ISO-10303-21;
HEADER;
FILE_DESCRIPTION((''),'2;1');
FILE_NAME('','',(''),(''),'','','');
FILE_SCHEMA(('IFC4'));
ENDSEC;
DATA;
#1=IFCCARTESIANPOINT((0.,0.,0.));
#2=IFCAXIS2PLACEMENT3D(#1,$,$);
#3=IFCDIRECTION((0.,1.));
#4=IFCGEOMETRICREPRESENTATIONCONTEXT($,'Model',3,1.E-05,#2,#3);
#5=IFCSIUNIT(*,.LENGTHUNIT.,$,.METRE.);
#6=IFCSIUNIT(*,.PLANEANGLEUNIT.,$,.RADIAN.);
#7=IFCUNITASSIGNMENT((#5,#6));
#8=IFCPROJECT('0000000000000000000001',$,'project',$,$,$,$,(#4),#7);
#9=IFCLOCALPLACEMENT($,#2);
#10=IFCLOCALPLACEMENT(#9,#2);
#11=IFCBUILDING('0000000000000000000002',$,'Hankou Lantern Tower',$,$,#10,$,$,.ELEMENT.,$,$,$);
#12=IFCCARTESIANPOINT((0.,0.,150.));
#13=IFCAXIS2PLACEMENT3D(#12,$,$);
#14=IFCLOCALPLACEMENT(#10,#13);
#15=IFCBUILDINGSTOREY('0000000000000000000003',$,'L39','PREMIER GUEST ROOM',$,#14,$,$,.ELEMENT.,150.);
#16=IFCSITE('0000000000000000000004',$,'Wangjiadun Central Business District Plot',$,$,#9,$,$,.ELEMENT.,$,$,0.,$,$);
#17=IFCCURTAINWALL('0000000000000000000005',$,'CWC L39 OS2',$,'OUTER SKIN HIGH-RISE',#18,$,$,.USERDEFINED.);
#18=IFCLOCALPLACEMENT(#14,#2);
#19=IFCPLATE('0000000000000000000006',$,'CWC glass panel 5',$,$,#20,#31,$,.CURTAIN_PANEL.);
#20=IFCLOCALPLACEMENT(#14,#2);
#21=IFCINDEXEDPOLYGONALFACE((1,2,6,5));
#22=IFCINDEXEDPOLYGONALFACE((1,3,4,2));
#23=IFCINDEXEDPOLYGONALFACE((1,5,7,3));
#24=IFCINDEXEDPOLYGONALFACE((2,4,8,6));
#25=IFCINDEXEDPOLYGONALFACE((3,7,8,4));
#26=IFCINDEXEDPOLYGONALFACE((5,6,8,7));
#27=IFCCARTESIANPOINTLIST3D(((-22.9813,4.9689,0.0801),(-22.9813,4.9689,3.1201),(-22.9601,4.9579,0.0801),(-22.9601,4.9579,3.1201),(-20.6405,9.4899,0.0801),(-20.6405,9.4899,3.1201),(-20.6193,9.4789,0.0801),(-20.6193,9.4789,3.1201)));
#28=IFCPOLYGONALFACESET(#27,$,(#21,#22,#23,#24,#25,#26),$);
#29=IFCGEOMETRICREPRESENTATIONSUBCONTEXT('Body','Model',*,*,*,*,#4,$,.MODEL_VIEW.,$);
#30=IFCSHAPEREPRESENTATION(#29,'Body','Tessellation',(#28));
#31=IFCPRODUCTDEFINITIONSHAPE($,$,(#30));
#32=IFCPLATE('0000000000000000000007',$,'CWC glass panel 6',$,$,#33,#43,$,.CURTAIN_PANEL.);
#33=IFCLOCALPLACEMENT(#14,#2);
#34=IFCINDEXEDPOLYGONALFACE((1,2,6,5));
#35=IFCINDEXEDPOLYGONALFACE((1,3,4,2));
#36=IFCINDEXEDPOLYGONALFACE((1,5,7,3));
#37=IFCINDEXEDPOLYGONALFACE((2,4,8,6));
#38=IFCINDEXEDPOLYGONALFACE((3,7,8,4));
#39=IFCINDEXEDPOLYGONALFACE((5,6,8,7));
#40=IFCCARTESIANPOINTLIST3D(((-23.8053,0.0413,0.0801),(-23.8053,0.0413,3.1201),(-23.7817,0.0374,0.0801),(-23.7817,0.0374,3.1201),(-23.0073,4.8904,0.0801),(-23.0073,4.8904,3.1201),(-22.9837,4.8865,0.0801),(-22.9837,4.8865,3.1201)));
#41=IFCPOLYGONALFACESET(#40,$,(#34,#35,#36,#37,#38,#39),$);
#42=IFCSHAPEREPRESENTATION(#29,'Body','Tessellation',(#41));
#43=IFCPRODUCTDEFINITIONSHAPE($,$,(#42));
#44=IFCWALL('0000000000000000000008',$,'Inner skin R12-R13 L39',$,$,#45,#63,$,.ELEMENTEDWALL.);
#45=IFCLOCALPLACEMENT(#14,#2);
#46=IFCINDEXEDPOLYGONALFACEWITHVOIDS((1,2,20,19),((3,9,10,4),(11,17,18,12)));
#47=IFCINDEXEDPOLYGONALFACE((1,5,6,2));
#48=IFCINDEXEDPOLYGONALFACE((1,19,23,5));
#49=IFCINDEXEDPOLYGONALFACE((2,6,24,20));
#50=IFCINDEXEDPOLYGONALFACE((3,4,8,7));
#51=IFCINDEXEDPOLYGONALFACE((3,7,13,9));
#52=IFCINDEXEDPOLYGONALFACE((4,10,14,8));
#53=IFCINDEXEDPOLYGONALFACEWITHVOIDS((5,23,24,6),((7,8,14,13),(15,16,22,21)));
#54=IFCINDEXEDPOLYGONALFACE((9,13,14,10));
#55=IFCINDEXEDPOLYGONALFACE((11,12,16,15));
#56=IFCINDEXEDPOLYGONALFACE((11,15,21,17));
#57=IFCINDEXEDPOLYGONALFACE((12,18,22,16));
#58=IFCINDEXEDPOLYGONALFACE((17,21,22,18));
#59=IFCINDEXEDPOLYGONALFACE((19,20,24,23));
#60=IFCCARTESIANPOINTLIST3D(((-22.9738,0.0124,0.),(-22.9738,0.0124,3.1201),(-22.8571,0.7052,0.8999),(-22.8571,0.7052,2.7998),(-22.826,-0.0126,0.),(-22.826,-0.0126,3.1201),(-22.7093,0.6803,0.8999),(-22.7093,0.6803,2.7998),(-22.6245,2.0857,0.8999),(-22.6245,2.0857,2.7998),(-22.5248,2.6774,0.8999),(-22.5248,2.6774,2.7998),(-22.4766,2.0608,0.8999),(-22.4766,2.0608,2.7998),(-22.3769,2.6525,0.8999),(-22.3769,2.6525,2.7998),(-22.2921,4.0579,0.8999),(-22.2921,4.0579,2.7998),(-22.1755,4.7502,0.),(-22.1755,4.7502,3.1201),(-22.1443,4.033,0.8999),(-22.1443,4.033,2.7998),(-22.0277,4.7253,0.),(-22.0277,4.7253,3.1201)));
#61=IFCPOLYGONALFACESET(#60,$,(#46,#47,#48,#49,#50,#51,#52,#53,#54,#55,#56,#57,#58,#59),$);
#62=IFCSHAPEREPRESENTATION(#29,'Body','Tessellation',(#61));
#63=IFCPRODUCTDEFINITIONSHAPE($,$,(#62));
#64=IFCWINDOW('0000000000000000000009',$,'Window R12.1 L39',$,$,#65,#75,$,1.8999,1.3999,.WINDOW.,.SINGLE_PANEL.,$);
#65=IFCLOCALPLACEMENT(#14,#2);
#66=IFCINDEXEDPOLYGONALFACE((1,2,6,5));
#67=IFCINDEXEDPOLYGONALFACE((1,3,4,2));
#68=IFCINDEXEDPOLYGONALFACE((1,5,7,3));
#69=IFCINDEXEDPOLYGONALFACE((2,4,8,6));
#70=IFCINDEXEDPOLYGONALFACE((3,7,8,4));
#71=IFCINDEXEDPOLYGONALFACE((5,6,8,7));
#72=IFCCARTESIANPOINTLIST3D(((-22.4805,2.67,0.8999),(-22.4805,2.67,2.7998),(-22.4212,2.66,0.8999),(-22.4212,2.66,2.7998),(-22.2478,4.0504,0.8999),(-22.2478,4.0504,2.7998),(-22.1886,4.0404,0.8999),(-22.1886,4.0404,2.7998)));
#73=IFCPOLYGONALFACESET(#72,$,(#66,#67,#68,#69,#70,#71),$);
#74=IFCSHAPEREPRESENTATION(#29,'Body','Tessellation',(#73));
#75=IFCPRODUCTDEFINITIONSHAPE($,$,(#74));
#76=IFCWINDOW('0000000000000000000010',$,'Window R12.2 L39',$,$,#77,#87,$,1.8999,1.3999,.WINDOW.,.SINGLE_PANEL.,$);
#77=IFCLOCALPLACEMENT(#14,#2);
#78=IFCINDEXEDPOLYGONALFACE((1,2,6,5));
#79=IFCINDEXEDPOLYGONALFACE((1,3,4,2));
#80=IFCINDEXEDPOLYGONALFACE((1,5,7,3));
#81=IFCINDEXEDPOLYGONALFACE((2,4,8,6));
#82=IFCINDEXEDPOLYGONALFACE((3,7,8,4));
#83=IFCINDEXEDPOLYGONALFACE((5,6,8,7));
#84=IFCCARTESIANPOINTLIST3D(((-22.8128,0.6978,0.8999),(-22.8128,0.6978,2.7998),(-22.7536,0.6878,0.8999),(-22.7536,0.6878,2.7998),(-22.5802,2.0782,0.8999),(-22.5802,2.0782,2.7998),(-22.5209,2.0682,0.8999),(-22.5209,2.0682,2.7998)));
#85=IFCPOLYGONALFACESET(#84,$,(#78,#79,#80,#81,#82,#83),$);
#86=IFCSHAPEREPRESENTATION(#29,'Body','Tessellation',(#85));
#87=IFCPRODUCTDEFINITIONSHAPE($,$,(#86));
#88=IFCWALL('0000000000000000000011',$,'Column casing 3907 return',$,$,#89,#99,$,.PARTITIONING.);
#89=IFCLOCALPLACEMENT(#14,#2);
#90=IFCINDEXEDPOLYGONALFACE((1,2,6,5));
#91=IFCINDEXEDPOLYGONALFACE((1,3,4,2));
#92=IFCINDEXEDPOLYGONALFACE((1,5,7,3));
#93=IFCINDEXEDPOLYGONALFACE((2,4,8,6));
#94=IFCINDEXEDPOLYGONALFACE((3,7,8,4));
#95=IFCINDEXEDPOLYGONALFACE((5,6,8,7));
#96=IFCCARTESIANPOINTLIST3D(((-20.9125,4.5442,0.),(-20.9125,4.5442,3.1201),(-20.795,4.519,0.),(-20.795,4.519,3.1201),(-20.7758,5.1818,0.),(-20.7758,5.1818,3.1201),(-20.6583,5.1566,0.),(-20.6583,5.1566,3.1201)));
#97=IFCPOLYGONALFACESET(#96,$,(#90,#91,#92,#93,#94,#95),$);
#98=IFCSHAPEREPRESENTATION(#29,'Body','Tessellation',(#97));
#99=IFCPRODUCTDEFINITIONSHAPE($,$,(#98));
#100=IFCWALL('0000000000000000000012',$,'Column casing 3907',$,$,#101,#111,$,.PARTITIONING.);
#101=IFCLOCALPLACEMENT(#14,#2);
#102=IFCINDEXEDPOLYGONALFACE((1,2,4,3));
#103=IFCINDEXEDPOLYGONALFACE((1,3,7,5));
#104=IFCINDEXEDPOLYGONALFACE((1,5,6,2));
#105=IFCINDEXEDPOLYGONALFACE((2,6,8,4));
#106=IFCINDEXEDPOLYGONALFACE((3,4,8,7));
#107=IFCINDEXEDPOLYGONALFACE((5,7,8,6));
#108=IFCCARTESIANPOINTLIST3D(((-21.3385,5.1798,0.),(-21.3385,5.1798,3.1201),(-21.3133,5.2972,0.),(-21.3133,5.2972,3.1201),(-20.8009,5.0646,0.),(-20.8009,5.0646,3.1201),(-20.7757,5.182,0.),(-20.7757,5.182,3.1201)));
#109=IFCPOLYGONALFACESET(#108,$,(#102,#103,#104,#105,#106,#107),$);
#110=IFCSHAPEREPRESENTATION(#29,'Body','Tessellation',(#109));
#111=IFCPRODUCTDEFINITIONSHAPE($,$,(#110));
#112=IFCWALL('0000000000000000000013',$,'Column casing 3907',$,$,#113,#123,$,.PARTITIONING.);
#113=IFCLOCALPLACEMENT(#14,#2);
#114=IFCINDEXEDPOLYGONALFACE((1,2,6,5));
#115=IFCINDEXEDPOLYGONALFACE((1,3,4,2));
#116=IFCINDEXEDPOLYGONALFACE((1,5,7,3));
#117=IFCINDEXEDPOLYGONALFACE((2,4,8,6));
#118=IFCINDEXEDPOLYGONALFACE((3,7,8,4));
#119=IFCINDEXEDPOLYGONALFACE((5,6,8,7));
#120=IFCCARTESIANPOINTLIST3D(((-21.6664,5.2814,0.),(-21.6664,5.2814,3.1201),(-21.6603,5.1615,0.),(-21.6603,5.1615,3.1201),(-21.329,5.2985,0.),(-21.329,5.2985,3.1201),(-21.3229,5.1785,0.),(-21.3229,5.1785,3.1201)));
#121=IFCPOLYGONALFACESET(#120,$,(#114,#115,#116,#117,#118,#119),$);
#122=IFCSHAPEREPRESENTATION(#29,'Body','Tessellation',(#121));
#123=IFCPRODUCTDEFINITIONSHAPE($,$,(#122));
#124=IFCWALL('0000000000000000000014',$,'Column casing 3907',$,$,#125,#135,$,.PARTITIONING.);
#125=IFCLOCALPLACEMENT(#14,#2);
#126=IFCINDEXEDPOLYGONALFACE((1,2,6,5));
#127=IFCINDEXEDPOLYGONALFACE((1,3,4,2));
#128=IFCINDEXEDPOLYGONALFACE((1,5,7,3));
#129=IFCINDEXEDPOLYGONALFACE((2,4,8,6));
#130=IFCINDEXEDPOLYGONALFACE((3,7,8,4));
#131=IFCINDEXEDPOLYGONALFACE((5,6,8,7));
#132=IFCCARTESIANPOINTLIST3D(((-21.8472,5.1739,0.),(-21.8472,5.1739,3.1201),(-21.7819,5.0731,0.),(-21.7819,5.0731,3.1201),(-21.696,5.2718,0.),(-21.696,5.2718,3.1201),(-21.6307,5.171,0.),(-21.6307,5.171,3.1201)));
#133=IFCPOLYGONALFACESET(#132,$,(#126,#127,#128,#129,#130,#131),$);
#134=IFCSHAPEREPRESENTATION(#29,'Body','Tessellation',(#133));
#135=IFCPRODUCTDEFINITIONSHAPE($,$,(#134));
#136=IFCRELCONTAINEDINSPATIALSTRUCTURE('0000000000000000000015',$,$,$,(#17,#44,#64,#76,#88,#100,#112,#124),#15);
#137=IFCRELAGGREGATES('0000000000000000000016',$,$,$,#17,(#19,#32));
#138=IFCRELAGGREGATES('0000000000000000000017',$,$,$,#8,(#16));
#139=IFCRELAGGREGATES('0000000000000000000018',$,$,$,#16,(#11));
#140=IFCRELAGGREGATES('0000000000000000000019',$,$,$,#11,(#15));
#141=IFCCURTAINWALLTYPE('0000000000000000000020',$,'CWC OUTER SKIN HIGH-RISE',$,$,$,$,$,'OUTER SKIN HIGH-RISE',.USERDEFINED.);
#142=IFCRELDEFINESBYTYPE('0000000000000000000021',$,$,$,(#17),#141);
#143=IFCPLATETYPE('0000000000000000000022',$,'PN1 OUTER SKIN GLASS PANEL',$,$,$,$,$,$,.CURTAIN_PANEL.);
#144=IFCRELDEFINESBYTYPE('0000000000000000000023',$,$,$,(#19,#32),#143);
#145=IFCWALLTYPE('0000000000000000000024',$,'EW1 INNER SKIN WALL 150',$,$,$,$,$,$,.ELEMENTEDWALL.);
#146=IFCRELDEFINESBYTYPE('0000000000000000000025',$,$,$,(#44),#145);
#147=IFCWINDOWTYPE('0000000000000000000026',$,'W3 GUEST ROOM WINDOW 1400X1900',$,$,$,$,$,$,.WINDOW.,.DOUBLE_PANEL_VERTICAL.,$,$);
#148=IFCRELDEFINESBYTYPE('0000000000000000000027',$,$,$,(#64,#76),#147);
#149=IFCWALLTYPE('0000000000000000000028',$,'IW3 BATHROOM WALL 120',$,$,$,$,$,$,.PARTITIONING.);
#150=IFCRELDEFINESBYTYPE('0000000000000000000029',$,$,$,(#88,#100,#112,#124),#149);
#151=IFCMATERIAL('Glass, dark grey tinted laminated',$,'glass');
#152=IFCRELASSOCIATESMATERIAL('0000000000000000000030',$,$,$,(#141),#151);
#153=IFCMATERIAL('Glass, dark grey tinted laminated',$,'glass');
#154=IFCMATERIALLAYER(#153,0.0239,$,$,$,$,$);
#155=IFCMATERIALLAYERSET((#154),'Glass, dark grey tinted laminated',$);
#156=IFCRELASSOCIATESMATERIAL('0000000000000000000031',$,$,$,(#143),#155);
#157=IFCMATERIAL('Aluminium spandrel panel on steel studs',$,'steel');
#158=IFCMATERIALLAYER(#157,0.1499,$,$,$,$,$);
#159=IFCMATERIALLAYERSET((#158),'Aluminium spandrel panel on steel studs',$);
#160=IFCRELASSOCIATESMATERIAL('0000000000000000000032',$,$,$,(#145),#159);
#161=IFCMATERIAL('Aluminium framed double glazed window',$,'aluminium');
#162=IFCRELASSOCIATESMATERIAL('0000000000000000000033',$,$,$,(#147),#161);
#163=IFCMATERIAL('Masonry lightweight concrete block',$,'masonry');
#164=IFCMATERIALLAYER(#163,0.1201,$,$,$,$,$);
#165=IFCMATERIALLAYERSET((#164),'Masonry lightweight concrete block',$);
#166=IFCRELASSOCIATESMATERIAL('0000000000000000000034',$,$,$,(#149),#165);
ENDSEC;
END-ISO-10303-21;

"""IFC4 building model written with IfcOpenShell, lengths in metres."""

from ifc_helpers import new_model, si_unit, direction, frame, frame_2d, origin, origin_2d, place, context, subcontext, project, spatial, rectangle, extrude, material, layer, layer_set, type_object, element, fill, aggregate, save


model = new_model("IFC4")

# Units and contexts
model_context = context("Model", 3, precision=1e-05, world=origin(), true_north=direction((0.0, 1.0)))
body_context = subcontext(model_context, "Body", "Model", "MODEL_VIEW")
ifc_project = project(units=[si_unit("LENGTHUNIT", "METRE"), si_unit("PLANEANGLEUNIT", "RADIAN")], contexts=[model_context])

# Site, building, storey
site_placement = place(None, origin())
site = spatial("IfcSite", under=ifc_project, at=site_placement, Name="Wangjiadun Central Business District Plot", CompositionType="ELEMENT", RefElevation=0.0)
building_placement = place(site_placement, origin())
building = spatial("IfcBuilding", under=site, at=building_placement, Name="Hankou Lantern Tower", CompositionType="ELEMENT")
storey_placement = place(building_placement, frame((0.0, 0.0, 150.0)))
storey = spatial("IfcBuildingStorey", under=building, at=storey_placement, Name="L39", Description="PREMIER GUEST ROOM", CompositionType="ELEMENT", Elevation=150.0)

# Curtain wall
ifc_material_1 = material(Name="Glass, dark grey tinted laminated", Category="glass")
curtain_wall_type = type_object("IfcCurtainWallType", Name="CWC OUTER SKIN HIGH-RISE", ElementType="OUTER SKIN HIGH-RISE", PredefinedType="USERDEFINED", material=ifc_material_1)
curtain_wall_placement = place(storey_placement, origin())
curtain_wall = element("IfcCurtainWall", 1, at=curtain_wall_placement, inside=storey, type_object=curtain_wall_type, Name="CWC L39 OS2", ObjectType="OUTER SKIN HIGH-RISE", PredefinedType="USERDEFINED")

# Plates
ifc_material_2 = material(Name="Glass, dark grey tinted laminated", Category="glass")
ifc_layer_1 = layer(ifc_material_2, 0.0239)
ifc_layer_set_1 = layer_set([ifc_layer_1], Name="Glass, dark grey tinted laminated")
plate_type = type_object("IfcPlateType", Name="PN1 OUTER SKIN GLASS PANEL", PredefinedType="CURTAIN_PANEL", material=ifc_layer_set_1)
plate_1_placement = place(storey_placement, frame((-21.8003, 7.2239, 0.0801), z_axis=(0.0, 0.0, 1.0), x_axis=(-0.459791, -0.888027, 0.0)))
plate_1 = element("IfcPlate", 2, at=plate_1_placement, type_object=plate_type, Name="CWC glass panel 5", PredefinedType="CURTAIN_PANEL", context=body_context, shape_type="SweptSolid", body=[
    extrude(rectangle(XDim=5.0911, YDim=0.0239, at=origin_2d()), origin(), (0.0, 0.0, 1.0), 3.04),
])
plate_2_placement = place(storey_placement, frame((-23.3945, 2.4639, 0.0801), z_axis=(0.0, 0.0, 1.0), x_axis=(-0.162382, -0.986728, 0.0)))
plate_2 = element("IfcPlate", 3, at=plate_2_placement, type_object=plate_type, Name="CWC glass panel 6", PredefinedType="CURTAIN_PANEL", context=body_context, shape_type="SweptSolid", body=[
    extrude(rectangle(XDim=4.9143, YDim=0.0239, at=origin_2d()), origin(), (0.0, 0.0, 1.0), 3.04),
])
aggregate(curtain_wall, [plate_1, plate_2])

# Wall, openings, windows
ifc_material_3 = material(Name="Aluminium spandrel panel on steel studs", Category="steel")
ifc_layer_2 = layer(ifc_material_3, 0.1499)
ifc_layer_set_2 = layer_set([ifc_layer_2], Name="Aluminium spandrel panel on steel studs")
wall_type_1 = type_object("IfcWallType", Name="EW1 INNER SKIN WALL 150", PredefinedType="ELEMENTEDWALL", material=ifc_layer_set_2)
wall_1_placement = place(storey_placement, frame((-22.1016, 4.7378, 0.0), z_axis=(0.0, 0.0, 1.0), x_axis=(-0.166162, -0.986098, 0.0)))
wall_1 = element("IfcWall", 4, at=wall_1_placement, inside=storey, type_object=wall_type_1, Name="Inner skin R12-R13 L39", PredefinedType="ELEMENTEDWALL", context=body_context, shape_type="SweptSolid", body=[
    extrude(rectangle(XDim=4.8047, YDim=0.1499, at=frame_2d((2.4023, 0.0))), origin(), (0.0, 0.0, 1.0), 3.1201),
])
opening_1_placement = place(wall_1_placement, frame((0.7021, 0.0, 0.8999)))
opening_1 = element("IfcOpeningElement", 5, at=opening_1_placement, cuts=wall_1, PredefinedType="OPENING", context=body_context, shape_type="SweptSolid", body=[
    extrude(rectangle(XDim=1.3999, YDim=1.8999, at=frame_2d((0.7, 0.95))), frame((0.0, 0.085, 0.0), z_axis=(0.0, -1.0, 0.0), x_axis=(1.0, 0.0, 0.0)), (0.0, 0.0, 1.0), 0.1699),
])
opening_2_placement = place(wall_1_placement, frame((2.7021, 0.0, 0.8999)))
opening_2 = element("IfcOpeningElement", 6, at=opening_2_placement, cuts=wall_1, PredefinedType="OPENING", context=body_context, shape_type="SweptSolid", body=[
    extrude(rectangle(XDim=1.3999, YDim=1.8999, at=frame_2d((0.7, 0.95))), frame((0.0, 0.085, 0.0), z_axis=(0.0, -1.0, 0.0), x_axis=(1.0, 0.0, 0.0)), (0.0, 0.0, 1.0), 0.1699),
])
ifc_material_4 = material(Name="Aluminium framed double glazed window", Category="aluminium")
window_type = type_object("IfcWindowType", Name="W3 GUEST ROOM WINDOW 1400X1900", PartitioningType="DOUBLE_PANEL_VERTICAL", PredefinedType="WINDOW", material=ifc_material_4)
window_1_placement = place(opening_1_placement, origin())
window_1 = element("IfcWindow", 7, at=window_1_placement, inside=storey, type_object=window_type, Name="Window R12.1 L39", OverallHeight=1.8999, OverallWidth=1.3999, PartitioningType="SINGLE_PANEL", PredefinedType="WINDOW", context=body_context, shape_type="SweptSolid", body=[
    extrude(rectangle(XDim=1.3999, YDim=1.8999, at=frame_2d((0.7, 0.95))), frame((0.0, 0.03, 0.0), z_axis=(0.0, -1.0, 0.0), x_axis=(1.0, 0.0, 0.0)), (0.0, 0.0, 1.0), 0.0601),
])
fill(opening_1, window_1)
window_2_placement = place(opening_2_placement, origin())
window_2 = element("IfcWindow", 8, at=window_2_placement, inside=storey, type_object=window_type, Name="Window R12.2 L39", OverallHeight=1.8999, OverallWidth=1.3999, PartitioningType="SINGLE_PANEL", PredefinedType="WINDOW", context=body_context, shape_type="SweptSolid", body=[
    extrude(rectangle(XDim=1.3999, YDim=1.8999, at=frame_2d((0.7, 0.95))), frame((0.0, 0.03, 0.0), z_axis=(0.0, -1.0, 0.0), x_axis=(1.0, 0.0, 0.0)), (0.0, 0.0, 1.0), 0.0601),
])
fill(opening_2, window_2)

# Walls
ifc_material_5 = material(Name="Masonry lightweight concrete block", Category="masonry")
ifc_layer_3 = layer(ifc_material_5, 0.1201)
ifc_layer_set_3 = layer_set([ifc_layer_3], Name="Masonry lightweight concrete block")
wall_type_2 = type_object("IfcWallType", Name="IW3 BATHROOM WALL 120", PredefinedType="PARTITIONING", material=ifc_layer_set_3)
wall_2_placement = place(storey_placement, frame((-20.8538, 4.5315, 0.0), z_axis=(0.0, 0.0, 1.0), x_axis=(0.209631, 0.97778, 0.0)))
element("IfcWall", 9, at=wall_2_placement, inside=storey, type_object=wall_type_2, Name="Column casing 3907 return", PredefinedType="PARTITIONING", context=body_context, shape_type="SweptSolid", body=[
    extrude(rectangle(XDim=0.6521, YDim=0.1201, at=frame_2d((0.3262, 0.0))), origin(), (0.0, 0.0, 1.0), 3.1201),
])
wall_3_placement = place(storey_placement, frame((-20.7883, 5.1233, 0.0), z_axis=(0.0, 0.0, 1.0), x_axis=(-0.977789, 0.20959, 0.0)))
element("IfcWall", 10, at=wall_3_placement, inside=storey, type_object=wall_type_2, Name="Column casing 3907", PredefinedType="PARTITIONING", context=body_context, shape_type="SweptSolid", body=[
    extrude(rectangle(XDim=0.5498, YDim=0.1201, at=frame_2d((0.2749, 0.0))), origin(), (0.0, 0.0, 1.0), 3.1201),
])
wall_4_placement = place(storey_placement, frame((-21.3259, 5.2385, 0.0), z_axis=(0.0, 0.0, 1.0), x_axis=(-0.99872, -0.050586, 0.0)))
element("IfcWall", 11, at=wall_4_placement, inside=storey, type_object=wall_type_2, Name="Column casing 3907", PredefinedType="PARTITIONING", context=body_context, shape_type="SweptSolid", body=[
    extrude(rectangle(XDim=0.3379, YDim=0.1201, at=frame_2d((0.1689, 0.0))), origin(), (0.0, 0.0, 1.0), 3.1201),
])
wall_5_placement = place(storey_placement, frame((-21.6633, 5.2214, 0.0), z_axis=(0.0, 0.0, 1.0), x_axis=(-0.839279, -0.543701, 0.0)))
element("IfcWall", 12, at=wall_5_placement, inside=storey, type_object=wall_type_2, Name="Column casing 3907", PredefinedType="PARTITIONING", context=body_context, shape_type="SweptSolid", body=[
    extrude(rectangle(XDim=0.1802, YDim=0.1201, at=frame_2d((0.0901, 0.0))), origin(), (0.0, 0.0, 1.0), 3.1201),
])

save(model, "model.ifc")
